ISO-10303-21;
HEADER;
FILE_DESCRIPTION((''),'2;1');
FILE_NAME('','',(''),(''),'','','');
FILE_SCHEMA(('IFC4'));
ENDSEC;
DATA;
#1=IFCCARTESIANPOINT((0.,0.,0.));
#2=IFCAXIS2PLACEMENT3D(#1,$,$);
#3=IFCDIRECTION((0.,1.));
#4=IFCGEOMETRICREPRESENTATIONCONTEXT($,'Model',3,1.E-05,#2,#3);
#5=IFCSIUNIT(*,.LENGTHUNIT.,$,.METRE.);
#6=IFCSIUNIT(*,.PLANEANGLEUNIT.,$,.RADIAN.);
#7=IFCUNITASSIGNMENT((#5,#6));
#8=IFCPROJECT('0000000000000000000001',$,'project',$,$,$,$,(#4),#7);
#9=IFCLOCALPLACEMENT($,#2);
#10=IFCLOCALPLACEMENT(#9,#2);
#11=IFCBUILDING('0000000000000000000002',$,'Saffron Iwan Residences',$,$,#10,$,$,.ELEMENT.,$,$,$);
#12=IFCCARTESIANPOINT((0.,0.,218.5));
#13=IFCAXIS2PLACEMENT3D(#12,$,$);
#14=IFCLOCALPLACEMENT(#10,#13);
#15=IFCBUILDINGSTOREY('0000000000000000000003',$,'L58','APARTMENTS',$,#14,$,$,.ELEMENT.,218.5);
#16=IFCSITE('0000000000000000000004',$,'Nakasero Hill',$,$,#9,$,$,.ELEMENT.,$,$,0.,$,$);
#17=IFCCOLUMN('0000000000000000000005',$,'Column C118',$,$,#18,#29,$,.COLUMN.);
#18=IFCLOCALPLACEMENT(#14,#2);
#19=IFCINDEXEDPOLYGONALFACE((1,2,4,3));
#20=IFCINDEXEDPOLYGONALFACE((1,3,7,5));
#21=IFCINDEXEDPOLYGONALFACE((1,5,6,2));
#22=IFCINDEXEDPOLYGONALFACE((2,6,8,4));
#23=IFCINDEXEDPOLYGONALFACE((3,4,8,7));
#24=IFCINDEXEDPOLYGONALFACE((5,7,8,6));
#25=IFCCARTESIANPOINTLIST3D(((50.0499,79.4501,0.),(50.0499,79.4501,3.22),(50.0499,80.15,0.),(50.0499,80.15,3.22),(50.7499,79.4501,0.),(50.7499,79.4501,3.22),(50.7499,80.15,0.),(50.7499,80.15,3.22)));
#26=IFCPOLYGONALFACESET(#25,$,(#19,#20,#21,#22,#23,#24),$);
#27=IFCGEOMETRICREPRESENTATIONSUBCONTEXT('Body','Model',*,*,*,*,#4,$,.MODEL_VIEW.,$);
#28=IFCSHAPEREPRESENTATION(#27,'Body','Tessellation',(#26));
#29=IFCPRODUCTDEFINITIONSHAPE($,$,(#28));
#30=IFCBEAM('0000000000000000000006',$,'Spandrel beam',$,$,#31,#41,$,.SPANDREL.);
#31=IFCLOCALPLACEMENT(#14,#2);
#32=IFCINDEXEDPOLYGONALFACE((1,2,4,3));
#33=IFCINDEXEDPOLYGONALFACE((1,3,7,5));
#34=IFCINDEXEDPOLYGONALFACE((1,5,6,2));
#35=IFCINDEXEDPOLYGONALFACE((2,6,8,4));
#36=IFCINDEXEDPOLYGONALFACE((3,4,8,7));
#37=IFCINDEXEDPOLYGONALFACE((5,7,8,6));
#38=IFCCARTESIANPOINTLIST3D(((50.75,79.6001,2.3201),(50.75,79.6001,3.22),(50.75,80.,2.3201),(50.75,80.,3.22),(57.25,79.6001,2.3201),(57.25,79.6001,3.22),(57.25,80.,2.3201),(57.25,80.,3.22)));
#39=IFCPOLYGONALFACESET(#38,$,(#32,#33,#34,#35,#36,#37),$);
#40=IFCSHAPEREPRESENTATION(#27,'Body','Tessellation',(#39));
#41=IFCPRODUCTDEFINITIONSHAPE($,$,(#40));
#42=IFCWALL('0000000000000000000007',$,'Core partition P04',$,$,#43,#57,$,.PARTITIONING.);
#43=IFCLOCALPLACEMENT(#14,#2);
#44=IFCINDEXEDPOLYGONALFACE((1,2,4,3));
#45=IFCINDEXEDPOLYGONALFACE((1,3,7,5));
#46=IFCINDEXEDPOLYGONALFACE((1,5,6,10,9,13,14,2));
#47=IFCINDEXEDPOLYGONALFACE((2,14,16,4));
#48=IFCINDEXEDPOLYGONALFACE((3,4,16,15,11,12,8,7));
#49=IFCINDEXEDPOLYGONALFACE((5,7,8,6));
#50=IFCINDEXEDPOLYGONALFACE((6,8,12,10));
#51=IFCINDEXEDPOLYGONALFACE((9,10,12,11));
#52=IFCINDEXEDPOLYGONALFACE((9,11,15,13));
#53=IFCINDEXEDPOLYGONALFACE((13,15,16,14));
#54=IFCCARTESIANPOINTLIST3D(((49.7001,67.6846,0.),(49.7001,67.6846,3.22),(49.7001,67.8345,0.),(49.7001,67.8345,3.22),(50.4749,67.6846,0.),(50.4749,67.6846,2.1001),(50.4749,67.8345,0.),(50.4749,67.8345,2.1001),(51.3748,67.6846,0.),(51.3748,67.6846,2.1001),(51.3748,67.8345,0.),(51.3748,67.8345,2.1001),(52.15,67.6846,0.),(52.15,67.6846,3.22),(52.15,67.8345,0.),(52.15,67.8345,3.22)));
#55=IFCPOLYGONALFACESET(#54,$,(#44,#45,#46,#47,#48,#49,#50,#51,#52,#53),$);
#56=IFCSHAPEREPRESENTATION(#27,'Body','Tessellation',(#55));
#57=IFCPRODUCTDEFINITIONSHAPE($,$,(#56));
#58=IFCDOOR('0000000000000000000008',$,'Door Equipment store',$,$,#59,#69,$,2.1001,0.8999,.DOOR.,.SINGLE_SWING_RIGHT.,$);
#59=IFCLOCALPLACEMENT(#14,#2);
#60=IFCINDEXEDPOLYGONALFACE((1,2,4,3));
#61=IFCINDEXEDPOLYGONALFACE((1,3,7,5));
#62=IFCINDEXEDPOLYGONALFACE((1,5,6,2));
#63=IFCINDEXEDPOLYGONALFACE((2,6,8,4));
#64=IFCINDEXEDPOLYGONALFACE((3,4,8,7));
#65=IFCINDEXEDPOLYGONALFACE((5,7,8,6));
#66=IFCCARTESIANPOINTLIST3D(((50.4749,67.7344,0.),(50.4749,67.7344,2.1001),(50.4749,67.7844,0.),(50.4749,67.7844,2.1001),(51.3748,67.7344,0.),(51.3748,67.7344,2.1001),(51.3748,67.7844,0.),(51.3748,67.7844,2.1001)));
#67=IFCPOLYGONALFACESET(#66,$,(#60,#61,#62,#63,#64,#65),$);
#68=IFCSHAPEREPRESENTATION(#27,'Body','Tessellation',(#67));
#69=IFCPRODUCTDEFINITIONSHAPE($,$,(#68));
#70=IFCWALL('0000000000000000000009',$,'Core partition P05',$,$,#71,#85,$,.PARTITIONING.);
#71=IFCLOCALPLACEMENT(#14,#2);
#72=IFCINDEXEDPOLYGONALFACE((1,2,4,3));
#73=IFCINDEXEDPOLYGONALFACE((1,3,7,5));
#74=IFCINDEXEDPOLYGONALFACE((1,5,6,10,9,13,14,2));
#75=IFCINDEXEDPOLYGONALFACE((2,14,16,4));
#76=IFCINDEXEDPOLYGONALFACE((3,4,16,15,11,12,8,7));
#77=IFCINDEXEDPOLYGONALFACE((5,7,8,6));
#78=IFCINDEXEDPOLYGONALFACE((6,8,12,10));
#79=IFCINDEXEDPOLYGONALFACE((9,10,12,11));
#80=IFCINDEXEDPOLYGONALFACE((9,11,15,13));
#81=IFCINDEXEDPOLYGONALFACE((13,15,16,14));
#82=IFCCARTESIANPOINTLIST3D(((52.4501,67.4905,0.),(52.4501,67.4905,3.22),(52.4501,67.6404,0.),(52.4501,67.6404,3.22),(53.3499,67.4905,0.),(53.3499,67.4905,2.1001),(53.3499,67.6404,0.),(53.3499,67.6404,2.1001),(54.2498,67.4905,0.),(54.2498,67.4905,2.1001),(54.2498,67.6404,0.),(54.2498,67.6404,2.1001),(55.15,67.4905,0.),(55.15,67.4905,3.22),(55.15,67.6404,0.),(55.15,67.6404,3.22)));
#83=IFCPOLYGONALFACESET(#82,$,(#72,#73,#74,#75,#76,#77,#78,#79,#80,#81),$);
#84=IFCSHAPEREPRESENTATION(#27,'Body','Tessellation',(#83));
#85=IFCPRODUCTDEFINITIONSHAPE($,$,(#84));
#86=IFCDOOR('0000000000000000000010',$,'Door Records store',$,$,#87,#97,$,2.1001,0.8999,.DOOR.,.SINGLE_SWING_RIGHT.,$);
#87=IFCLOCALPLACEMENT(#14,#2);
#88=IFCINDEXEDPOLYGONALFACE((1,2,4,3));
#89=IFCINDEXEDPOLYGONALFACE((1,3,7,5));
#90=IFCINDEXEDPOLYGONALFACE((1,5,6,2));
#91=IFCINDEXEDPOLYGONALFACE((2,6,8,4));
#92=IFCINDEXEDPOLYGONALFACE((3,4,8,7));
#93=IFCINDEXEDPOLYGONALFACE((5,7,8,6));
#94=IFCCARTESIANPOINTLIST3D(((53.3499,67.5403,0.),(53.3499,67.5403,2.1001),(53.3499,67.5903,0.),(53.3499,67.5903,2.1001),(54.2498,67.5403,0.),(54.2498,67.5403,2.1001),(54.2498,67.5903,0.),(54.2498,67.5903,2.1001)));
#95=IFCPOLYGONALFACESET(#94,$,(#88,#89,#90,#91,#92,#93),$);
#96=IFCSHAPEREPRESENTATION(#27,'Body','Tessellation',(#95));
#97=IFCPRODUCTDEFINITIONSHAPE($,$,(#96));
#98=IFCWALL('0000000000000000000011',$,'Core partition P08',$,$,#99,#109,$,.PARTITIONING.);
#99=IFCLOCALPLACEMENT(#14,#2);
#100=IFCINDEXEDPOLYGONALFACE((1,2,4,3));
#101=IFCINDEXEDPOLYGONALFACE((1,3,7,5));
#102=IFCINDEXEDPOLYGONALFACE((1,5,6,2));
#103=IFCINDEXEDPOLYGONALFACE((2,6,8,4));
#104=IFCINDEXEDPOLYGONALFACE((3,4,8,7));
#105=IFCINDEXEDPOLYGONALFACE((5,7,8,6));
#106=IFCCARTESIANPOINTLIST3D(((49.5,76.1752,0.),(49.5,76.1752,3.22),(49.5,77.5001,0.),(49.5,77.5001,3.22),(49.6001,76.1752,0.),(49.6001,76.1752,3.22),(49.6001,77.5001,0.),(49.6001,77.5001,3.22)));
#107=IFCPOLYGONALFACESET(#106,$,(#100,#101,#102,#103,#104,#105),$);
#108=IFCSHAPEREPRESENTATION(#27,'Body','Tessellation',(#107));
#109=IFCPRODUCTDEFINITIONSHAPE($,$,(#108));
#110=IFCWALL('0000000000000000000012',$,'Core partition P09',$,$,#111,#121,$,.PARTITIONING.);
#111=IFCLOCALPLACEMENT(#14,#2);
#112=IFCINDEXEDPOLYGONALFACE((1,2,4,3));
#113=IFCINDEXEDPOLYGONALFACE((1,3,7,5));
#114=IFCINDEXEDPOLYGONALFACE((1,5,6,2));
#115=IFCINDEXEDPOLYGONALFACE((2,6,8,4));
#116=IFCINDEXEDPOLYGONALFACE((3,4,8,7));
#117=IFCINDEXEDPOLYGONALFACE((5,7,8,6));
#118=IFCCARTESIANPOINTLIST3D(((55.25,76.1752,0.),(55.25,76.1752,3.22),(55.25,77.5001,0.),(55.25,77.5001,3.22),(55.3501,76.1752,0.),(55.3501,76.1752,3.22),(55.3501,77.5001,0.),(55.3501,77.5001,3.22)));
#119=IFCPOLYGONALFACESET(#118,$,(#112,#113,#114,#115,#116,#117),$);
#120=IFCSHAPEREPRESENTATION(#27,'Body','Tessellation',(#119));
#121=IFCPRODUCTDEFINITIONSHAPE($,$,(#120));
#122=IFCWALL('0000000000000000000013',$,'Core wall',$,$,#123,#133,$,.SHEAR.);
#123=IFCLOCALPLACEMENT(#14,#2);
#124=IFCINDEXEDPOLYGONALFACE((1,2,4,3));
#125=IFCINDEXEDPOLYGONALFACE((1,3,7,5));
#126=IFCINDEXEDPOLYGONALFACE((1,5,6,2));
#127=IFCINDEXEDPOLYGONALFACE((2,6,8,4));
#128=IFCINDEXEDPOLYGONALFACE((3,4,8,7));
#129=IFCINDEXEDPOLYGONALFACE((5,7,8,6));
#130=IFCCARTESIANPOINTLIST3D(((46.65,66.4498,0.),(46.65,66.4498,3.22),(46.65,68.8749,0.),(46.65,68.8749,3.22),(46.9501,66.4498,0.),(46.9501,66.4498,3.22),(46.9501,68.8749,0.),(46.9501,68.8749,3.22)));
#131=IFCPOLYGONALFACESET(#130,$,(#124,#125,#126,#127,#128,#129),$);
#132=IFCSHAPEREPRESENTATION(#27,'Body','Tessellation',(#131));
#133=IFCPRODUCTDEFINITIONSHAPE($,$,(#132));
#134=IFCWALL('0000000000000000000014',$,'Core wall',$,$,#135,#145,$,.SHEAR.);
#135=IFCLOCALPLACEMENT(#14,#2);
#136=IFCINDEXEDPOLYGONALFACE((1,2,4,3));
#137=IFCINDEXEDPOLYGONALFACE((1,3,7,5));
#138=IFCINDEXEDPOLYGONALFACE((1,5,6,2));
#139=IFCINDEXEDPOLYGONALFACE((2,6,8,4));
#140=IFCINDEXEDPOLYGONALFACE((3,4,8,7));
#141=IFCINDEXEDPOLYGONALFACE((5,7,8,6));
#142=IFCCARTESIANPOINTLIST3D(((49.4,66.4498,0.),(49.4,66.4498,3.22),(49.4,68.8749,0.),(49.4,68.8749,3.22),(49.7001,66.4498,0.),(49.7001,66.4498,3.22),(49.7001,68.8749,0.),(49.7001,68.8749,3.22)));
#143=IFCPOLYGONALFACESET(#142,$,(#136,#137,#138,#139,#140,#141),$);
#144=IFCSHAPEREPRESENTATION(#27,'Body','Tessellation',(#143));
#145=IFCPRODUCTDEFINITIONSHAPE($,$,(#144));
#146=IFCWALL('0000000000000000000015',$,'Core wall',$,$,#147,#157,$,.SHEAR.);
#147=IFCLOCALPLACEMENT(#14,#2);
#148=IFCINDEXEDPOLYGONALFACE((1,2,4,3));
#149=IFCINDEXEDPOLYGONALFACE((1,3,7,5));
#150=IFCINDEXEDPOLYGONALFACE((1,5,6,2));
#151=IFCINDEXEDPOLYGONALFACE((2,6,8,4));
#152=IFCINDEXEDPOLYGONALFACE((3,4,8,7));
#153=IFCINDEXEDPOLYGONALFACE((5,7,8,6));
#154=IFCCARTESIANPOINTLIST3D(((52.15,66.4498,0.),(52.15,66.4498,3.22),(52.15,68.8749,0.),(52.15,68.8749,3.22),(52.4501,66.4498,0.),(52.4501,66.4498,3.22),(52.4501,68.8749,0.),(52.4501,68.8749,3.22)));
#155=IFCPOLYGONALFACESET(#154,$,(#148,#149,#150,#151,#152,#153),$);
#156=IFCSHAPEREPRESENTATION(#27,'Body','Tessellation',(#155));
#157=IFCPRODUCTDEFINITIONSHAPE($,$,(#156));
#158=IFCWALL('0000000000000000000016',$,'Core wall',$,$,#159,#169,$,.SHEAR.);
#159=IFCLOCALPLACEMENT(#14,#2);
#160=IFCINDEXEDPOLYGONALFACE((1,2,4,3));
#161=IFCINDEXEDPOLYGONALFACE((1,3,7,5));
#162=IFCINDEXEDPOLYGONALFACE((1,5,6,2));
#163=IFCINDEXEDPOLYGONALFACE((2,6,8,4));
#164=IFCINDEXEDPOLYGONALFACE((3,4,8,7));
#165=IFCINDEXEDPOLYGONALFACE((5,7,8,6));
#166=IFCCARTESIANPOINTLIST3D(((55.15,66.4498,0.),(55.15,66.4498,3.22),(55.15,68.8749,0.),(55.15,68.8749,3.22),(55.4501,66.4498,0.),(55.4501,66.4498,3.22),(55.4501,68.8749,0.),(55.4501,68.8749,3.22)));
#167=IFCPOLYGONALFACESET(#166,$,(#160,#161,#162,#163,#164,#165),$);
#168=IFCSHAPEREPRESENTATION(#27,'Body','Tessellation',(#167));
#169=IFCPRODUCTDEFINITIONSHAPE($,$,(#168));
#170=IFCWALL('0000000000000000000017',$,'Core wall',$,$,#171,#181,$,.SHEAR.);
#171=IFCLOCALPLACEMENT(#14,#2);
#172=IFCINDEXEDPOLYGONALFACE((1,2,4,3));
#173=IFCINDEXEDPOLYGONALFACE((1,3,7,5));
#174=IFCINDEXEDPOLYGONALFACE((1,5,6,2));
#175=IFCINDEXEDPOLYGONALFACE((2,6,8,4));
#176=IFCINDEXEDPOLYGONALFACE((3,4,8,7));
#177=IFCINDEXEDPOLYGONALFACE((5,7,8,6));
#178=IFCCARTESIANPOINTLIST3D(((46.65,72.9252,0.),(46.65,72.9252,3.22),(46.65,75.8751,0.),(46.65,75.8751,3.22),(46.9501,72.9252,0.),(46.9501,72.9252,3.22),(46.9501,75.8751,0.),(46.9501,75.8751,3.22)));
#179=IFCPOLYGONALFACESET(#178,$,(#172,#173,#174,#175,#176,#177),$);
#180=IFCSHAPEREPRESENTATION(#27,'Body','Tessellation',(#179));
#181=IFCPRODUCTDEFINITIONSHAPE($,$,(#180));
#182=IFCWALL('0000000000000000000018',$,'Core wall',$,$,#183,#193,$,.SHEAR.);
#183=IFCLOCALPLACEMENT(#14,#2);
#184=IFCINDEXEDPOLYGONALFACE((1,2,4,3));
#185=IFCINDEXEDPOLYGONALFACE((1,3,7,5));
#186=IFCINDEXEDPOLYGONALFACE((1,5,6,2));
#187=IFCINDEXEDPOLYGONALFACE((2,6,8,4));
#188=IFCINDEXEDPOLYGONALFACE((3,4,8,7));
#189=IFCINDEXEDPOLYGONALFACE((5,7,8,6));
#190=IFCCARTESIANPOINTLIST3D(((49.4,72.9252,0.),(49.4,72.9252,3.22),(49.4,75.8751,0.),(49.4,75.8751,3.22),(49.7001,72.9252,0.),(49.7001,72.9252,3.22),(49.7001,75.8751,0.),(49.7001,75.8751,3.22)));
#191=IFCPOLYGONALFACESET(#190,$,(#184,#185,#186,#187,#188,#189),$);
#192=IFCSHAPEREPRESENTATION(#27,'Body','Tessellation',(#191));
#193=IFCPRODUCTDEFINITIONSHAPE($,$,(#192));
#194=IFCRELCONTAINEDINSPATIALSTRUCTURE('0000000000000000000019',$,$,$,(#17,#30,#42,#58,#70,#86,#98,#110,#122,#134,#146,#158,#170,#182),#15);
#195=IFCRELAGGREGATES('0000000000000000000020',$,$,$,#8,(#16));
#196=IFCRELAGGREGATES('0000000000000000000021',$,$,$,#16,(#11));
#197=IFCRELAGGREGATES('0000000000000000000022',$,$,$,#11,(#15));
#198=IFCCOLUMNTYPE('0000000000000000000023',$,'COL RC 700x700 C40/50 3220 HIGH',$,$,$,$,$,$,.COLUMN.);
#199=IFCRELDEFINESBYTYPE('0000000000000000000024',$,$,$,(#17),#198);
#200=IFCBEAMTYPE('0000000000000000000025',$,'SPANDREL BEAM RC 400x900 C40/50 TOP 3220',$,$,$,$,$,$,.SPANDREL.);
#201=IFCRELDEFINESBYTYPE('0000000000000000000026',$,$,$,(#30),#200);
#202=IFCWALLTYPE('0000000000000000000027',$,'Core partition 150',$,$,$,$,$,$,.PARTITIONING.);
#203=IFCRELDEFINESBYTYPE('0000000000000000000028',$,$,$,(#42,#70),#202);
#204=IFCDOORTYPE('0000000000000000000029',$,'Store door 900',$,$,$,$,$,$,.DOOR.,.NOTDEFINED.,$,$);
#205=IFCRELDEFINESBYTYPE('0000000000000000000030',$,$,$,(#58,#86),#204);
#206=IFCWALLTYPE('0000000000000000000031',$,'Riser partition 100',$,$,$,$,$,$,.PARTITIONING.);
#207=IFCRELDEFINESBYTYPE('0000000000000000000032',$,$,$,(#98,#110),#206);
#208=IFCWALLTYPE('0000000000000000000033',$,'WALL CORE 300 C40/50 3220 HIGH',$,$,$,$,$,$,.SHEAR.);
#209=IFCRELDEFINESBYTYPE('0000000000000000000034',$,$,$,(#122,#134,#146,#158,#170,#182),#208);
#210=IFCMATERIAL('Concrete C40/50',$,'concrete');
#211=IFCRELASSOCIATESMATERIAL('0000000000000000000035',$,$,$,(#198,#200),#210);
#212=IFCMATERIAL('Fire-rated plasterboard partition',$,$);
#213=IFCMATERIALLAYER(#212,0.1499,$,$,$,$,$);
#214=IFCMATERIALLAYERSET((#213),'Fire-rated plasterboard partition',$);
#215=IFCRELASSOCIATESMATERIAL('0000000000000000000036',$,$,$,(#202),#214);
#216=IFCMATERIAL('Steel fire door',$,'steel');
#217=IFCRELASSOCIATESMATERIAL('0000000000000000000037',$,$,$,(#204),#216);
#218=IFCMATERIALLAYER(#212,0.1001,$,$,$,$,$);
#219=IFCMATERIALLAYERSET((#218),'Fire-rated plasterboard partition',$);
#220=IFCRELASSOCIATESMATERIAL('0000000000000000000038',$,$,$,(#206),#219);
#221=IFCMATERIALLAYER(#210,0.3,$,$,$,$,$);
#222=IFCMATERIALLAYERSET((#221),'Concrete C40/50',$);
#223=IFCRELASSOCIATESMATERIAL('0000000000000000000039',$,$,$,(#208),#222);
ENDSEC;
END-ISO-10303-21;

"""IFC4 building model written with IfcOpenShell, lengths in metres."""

from ifc_helpers import new_model, si_unit, direction, frame, frame_2d, origin, origin_2d, place, context, subcontext, project, spatial, rectangle, extrude, source, transform, mapped, material, layer, layer_set, material_profile, profile_set, type_object, element, fill, save


model = new_model("IFC4")

# Units and contexts
model_context = context("Model", 3, precision=1e-05, world=origin(), true_north=direction((0.0, 1.0)))
body_context = subcontext(model_context, "Body", "Model", "MODEL_VIEW")
ifc_project = project(units=[si_unit("LENGTHUNIT", "METRE"), si_unit("PLANEANGLEUNIT", "RADIAN")], contexts=[model_context])

# Site, building, storey
site_placement = place(None, origin())
site = spatial("IfcSite", under=ifc_project, at=site_placement, Name="Nakasero Hill", CompositionType="ELEMENT", RefElevation=0.0)
building_placement = place(site_placement, origin())
building = spatial("IfcBuilding", under=site, at=building_placement, Name="Saffron Iwan Residences", CompositionType="ELEMENT")
storey_placement = place(building_placement, frame((0.0, 0.0, 218.5)))
storey = spatial("IfcBuildingStorey", under=building, at=storey_placement, Name="L58", Description="APARTMENTS", CompositionType="ELEMENT", Elevation=218.5)

# Column
ifc_material_1 = material(Name="Concrete C40/50", Category="concrete")
ifc_material_profile_1 = material_profile(ifc_material_1, rectangle(XDim=0.7, YDim=0.7, at=origin_2d()), Name="RC 700x700")
ifc_profile_set_1 = profile_set([ifc_material_profile_1], Name="Concrete C40/50")
column_type = type_object("IfcColumnType", Name="COL RC 700x700 C40/50 3220 HIGH", PredefinedType="COLUMN", material=ifc_profile_set_1)
shared_shape_1 = source(origin(), body_context, "Body", "SweptSolid", [
    extrude(rectangle(XDim=0.7, YDim=0.7, at=origin_2d()), origin(), (0.0, 0.0, 1.0), 3.22),
])
column_placement = place(storey_placement, frame((50.3999, 79.8, 0.0), z_axis=(0.0, 0.0, 1.0), x_axis=(1.0, 0.0, 0.0)))
element("IfcColumn", 1, at=column_placement, inside=storey, type_object=column_type, Name="Column C118", PredefinedType="COLUMN", context=body_context, shape_type="MappedRepresentation", body=[
    mapped(shared_shape_1, transform((0.0, 0.0, 0.0))),
])

# Beam
ifc_material_profile_2 = material_profile(ifc_material_1, rectangle(XDim=0.3999, YDim=0.8999, at=origin_2d()), Name="RC 400x900")
ifc_profile_set_2 = profile_set([ifc_material_profile_2], Name="Concrete C40/50")
beam_type = type_object("IfcBeamType", Name="SPANDREL BEAM RC 400x900 C40/50 TOP 3220", PredefinedType="SPANDREL", material=ifc_profile_set_2)
shared_shape_2 = source(origin(), body_context, "Body", "SweptSolid", [
    extrude(rectangle(XDim=0.3999, YDim=0.8999, at=origin_2d()), origin(), (0.0, 0.0, 1.0), 6.5),
])
beam_placement = place(storey_placement, frame((50.75, 79.8, 2.77), z_axis=(1.0, 0.0, 0.0), x_axis=(0.0, 1.0, 0.0)))
element("IfcBeam", 2, at=beam_placement, inside=storey, type_object=beam_type, Name="Spandrel beam", PredefinedType="SPANDREL", context=body_context, shape_type="MappedRepresentation", body=[
    mapped(shared_shape_2, transform((0.0, 0.0, 0.0))),
])

# Walls, openings, doors
ifc_material_2 = material(Name="Fire-rated plasterboard partition")
ifc_layer_1 = layer(ifc_material_2, 0.1499)
ifc_layer_set_1 = layer_set([ifc_layer_1], Name="Fire-rated plasterboard partition")
wall_type_1 = type_object("IfcWallType", Name="Core partition 150", PredefinedType="PARTITIONING", material=ifc_layer_set_1)
wall_1_placement = place(storey_placement, frame((49.7, 67.7595, 0.0), z_axis=(0.0, 0.0, 1.0), x_axis=(1.0, 0.0, 0.0)))
wall_1 = element("IfcWall", 3, at=wall_1_placement, inside=storey, type_object=wall_type_1, Name="Core partition P04", PredefinedType="PARTITIONING", context=body_context, shape_type="SweptSolid", body=[
    extrude(rectangle(XDim=2.45, YDim=0.1499, at=frame_2d((1.2251, 0.0))), origin(), (0.0, 0.0, 1.0), 3.22),
])
opening_1_placement = place(wall_1_placement, frame((0.7749, 0.0, 0.0)))
opening_1 = element("IfcOpeningElement", 4, at=opening_1_placement, cuts=wall_1, PredefinedType="OPENING", context=body_context, shape_type="SweptSolid", body=[
    extrude(rectangle(XDim=0.8999, YDim=2.1001, at=frame_2d((0.45, 1.05))), frame((0.0, 0.085, 0.0), z_axis=(0.0, -1.0, 0.0), x_axis=(1.0, 0.0, 0.0)), (0.0, 0.0, 1.0), 0.1699),
])
ifc_material_3 = material(Name="Steel fire door", Category="steel")
door_type = type_object("IfcDoorType", Name="Store door 900", OperationType="NOTDEFINED", PredefinedType="DOOR", material=ifc_material_3)
door_1_placement = place(opening_1_placement, origin())
door_1 = element("IfcDoor", 5, at=door_1_placement, inside=storey, type_object=door_type, Name="Door Equipment store", OperationType="SINGLE_SWING_RIGHT", OverallHeight=2.1001, OverallWidth=0.8999, PredefinedType="DOOR", context=body_context, shape_type="SweptSolid", body=[
    extrude(rectangle(XDim=0.8999, YDim=2.1001, at=frame_2d((0.45, 1.05))), frame((0.0, 0.0249, 0.0), z_axis=(0.0, -1.0, 0.0), x_axis=(1.0, 0.0, 0.0)), (0.0, 0.0, 1.0), 0.05),
])
fill(opening_1, door_1)
wall_2_placement = place(storey_placement, frame((52.45, 67.5654, 0.0), z_axis=(0.0, 0.0, 1.0), x_axis=(1.0, 0.0, 0.0)))
wall_2 = element("IfcWall", 6, at=wall_2_placement, inside=storey, type_object=wall_type_1, Name="Core partition P05", PredefinedType="PARTITIONING", context=body_context, shape_type="SweptSolid", body=[
    extrude(rectangle(XDim=2.7, YDim=0.1499, at=frame_2d((1.3501, 0.0))), origin(), (0.0, 0.0, 1.0), 3.22),
])
opening_2_placement = place(wall_2_placement, frame((0.8999, 0.0, 0.0)))
opening_2 = element("IfcOpeningElement", 7, at=opening_2_placement, cuts=wall_2, PredefinedType="OPENING", context=body_context, shape_type="SweptSolid", body=[
    extrude(rectangle(XDim=0.8999, YDim=2.1001, at=frame_2d((0.45, 1.05))), frame((0.0, 0.085, 0.0), z_axis=(0.0, -1.0, 0.0), x_axis=(1.0, 0.0, 0.0)), (0.0, 0.0, 1.0), 0.1699),
])
door_2_placement = place(opening_2_placement, origin())
door_2 = element("IfcDoor", 8, at=door_2_placement, inside=storey, type_object=door_type, Name="Door Records store", OperationType="SINGLE_SWING_RIGHT", OverallHeight=2.1001, OverallWidth=0.8999, PredefinedType="DOOR", context=body_context, shape_type="SweptSolid", body=[
    extrude(rectangle(XDim=0.8999, YDim=2.1001, at=frame_2d((0.45, 1.05))), frame((0.0, 0.0249, 0.0), z_axis=(0.0, -1.0, 0.0), x_axis=(1.0, 0.0, 0.0)), (0.0, 0.0, 1.0), 0.05),
])
fill(opening_2, door_2)

# Walls
ifc_layer_2 = layer(ifc_material_2, 0.1001)
ifc_layer_set_2 = layer_set([ifc_layer_2], Name="Fire-rated plasterboard partition")
wall_type_2 = type_object("IfcWallType", Name="Riser partition 100", PredefinedType="PARTITIONING", material=ifc_layer_set_2)
for number, where, z_axis, x_axis, name in (
    (9, (49.55, 76.175, 0.0), (0.0, 0.0, 1.0), (0.0, 1.0, 0.0), "Core partition P08"),
    (10, (55.3, 76.175, 0.0), (0.0, 0.0, 1.0), (0.0, 1.0, 0.0), "Core partition P09"),
):
    element("IfcWall", number, at=place(storey_placement, frame(where, z_axis=z_axis, x_axis=x_axis)), inside=storey, type_object=wall_type_2, Name=name, PredefinedType="PARTITIONING", context=body_context, shape_type="SweptSolid", body=[
        extrude(rectangle(XDim=1.325, YDim=0.1001, at=frame_2d((0.6626, 0.0))), origin(), (0.0, 0.0, 1.0), 3.22),
    ])
ifc_layer_3 = layer(ifc_material_1, 0.3)
ifc_layer_set_3 = layer_set([ifc_layer_3], Name="Concrete C40/50")
wall_type_3 = type_object("IfcWallType", Name="WALL CORE 300 C40/50 3220 HIGH", PredefinedType="SHEAR", material=ifc_layer_set_3)
for number, where, z_axis, x_axis, name in (
    (11, (46.8, 66.45, 0.0), (0.0, 0.0, 1.0), (0.0, 1.0, 0.0), "Core wall"),
    (12, (49.55, 66.45, 0.0), (0.0, 0.0, 1.0), (0.0, 1.0, 0.0), "Core wall"),
    (13, (52.3, 66.45, 0.0), (0.0, 0.0, 1.0), (0.0, 1.0, 0.0), "Core wall"),
    (14, (55.3, 66.45, 0.0), (0.0, 0.0, 1.0), (0.0, 1.0, 0.0), "Core wall"),
):
    element("IfcWall", number, at=place(storey_placement, frame(where, z_axis=z_axis, x_axis=x_axis)), inside=storey, type_object=wall_type_3, Name=name, PredefinedType="SHEAR", context=body_context, shape_type="SweptSolid", body=[
        extrude(rectangle(XDim=2.425, YDim=0.3, at=frame_2d((1.2124, 0.0))), origin(), (0.0, 0.0, 1.0), 3.22),
    ])
for number, where, z_axis, x_axis, name in (
    (15, (46.8, 72.925, 0.0), (0.0, 0.0, 1.0), (0.0, 1.0, 0.0), "Core wall"),
    (16, (49.55, 72.925, 0.0), (0.0, 0.0, 1.0), (0.0, 1.0, 0.0), "Core wall"),
):
    element("IfcWall", number, at=place(storey_placement, frame(where, z_axis=z_axis, x_axis=x_axis)), inside=storey, type_object=wall_type_3, Name=name, PredefinedType="SHEAR", context=body_context, shape_type="SweptSolid", body=[
        extrude(rectangle(XDim=2.95, YDim=0.3, at=frame_2d((1.4751, 0.0))), origin(), (0.0, 0.0, 1.0), 3.22),
    ])

save(model, "model.ifc")
